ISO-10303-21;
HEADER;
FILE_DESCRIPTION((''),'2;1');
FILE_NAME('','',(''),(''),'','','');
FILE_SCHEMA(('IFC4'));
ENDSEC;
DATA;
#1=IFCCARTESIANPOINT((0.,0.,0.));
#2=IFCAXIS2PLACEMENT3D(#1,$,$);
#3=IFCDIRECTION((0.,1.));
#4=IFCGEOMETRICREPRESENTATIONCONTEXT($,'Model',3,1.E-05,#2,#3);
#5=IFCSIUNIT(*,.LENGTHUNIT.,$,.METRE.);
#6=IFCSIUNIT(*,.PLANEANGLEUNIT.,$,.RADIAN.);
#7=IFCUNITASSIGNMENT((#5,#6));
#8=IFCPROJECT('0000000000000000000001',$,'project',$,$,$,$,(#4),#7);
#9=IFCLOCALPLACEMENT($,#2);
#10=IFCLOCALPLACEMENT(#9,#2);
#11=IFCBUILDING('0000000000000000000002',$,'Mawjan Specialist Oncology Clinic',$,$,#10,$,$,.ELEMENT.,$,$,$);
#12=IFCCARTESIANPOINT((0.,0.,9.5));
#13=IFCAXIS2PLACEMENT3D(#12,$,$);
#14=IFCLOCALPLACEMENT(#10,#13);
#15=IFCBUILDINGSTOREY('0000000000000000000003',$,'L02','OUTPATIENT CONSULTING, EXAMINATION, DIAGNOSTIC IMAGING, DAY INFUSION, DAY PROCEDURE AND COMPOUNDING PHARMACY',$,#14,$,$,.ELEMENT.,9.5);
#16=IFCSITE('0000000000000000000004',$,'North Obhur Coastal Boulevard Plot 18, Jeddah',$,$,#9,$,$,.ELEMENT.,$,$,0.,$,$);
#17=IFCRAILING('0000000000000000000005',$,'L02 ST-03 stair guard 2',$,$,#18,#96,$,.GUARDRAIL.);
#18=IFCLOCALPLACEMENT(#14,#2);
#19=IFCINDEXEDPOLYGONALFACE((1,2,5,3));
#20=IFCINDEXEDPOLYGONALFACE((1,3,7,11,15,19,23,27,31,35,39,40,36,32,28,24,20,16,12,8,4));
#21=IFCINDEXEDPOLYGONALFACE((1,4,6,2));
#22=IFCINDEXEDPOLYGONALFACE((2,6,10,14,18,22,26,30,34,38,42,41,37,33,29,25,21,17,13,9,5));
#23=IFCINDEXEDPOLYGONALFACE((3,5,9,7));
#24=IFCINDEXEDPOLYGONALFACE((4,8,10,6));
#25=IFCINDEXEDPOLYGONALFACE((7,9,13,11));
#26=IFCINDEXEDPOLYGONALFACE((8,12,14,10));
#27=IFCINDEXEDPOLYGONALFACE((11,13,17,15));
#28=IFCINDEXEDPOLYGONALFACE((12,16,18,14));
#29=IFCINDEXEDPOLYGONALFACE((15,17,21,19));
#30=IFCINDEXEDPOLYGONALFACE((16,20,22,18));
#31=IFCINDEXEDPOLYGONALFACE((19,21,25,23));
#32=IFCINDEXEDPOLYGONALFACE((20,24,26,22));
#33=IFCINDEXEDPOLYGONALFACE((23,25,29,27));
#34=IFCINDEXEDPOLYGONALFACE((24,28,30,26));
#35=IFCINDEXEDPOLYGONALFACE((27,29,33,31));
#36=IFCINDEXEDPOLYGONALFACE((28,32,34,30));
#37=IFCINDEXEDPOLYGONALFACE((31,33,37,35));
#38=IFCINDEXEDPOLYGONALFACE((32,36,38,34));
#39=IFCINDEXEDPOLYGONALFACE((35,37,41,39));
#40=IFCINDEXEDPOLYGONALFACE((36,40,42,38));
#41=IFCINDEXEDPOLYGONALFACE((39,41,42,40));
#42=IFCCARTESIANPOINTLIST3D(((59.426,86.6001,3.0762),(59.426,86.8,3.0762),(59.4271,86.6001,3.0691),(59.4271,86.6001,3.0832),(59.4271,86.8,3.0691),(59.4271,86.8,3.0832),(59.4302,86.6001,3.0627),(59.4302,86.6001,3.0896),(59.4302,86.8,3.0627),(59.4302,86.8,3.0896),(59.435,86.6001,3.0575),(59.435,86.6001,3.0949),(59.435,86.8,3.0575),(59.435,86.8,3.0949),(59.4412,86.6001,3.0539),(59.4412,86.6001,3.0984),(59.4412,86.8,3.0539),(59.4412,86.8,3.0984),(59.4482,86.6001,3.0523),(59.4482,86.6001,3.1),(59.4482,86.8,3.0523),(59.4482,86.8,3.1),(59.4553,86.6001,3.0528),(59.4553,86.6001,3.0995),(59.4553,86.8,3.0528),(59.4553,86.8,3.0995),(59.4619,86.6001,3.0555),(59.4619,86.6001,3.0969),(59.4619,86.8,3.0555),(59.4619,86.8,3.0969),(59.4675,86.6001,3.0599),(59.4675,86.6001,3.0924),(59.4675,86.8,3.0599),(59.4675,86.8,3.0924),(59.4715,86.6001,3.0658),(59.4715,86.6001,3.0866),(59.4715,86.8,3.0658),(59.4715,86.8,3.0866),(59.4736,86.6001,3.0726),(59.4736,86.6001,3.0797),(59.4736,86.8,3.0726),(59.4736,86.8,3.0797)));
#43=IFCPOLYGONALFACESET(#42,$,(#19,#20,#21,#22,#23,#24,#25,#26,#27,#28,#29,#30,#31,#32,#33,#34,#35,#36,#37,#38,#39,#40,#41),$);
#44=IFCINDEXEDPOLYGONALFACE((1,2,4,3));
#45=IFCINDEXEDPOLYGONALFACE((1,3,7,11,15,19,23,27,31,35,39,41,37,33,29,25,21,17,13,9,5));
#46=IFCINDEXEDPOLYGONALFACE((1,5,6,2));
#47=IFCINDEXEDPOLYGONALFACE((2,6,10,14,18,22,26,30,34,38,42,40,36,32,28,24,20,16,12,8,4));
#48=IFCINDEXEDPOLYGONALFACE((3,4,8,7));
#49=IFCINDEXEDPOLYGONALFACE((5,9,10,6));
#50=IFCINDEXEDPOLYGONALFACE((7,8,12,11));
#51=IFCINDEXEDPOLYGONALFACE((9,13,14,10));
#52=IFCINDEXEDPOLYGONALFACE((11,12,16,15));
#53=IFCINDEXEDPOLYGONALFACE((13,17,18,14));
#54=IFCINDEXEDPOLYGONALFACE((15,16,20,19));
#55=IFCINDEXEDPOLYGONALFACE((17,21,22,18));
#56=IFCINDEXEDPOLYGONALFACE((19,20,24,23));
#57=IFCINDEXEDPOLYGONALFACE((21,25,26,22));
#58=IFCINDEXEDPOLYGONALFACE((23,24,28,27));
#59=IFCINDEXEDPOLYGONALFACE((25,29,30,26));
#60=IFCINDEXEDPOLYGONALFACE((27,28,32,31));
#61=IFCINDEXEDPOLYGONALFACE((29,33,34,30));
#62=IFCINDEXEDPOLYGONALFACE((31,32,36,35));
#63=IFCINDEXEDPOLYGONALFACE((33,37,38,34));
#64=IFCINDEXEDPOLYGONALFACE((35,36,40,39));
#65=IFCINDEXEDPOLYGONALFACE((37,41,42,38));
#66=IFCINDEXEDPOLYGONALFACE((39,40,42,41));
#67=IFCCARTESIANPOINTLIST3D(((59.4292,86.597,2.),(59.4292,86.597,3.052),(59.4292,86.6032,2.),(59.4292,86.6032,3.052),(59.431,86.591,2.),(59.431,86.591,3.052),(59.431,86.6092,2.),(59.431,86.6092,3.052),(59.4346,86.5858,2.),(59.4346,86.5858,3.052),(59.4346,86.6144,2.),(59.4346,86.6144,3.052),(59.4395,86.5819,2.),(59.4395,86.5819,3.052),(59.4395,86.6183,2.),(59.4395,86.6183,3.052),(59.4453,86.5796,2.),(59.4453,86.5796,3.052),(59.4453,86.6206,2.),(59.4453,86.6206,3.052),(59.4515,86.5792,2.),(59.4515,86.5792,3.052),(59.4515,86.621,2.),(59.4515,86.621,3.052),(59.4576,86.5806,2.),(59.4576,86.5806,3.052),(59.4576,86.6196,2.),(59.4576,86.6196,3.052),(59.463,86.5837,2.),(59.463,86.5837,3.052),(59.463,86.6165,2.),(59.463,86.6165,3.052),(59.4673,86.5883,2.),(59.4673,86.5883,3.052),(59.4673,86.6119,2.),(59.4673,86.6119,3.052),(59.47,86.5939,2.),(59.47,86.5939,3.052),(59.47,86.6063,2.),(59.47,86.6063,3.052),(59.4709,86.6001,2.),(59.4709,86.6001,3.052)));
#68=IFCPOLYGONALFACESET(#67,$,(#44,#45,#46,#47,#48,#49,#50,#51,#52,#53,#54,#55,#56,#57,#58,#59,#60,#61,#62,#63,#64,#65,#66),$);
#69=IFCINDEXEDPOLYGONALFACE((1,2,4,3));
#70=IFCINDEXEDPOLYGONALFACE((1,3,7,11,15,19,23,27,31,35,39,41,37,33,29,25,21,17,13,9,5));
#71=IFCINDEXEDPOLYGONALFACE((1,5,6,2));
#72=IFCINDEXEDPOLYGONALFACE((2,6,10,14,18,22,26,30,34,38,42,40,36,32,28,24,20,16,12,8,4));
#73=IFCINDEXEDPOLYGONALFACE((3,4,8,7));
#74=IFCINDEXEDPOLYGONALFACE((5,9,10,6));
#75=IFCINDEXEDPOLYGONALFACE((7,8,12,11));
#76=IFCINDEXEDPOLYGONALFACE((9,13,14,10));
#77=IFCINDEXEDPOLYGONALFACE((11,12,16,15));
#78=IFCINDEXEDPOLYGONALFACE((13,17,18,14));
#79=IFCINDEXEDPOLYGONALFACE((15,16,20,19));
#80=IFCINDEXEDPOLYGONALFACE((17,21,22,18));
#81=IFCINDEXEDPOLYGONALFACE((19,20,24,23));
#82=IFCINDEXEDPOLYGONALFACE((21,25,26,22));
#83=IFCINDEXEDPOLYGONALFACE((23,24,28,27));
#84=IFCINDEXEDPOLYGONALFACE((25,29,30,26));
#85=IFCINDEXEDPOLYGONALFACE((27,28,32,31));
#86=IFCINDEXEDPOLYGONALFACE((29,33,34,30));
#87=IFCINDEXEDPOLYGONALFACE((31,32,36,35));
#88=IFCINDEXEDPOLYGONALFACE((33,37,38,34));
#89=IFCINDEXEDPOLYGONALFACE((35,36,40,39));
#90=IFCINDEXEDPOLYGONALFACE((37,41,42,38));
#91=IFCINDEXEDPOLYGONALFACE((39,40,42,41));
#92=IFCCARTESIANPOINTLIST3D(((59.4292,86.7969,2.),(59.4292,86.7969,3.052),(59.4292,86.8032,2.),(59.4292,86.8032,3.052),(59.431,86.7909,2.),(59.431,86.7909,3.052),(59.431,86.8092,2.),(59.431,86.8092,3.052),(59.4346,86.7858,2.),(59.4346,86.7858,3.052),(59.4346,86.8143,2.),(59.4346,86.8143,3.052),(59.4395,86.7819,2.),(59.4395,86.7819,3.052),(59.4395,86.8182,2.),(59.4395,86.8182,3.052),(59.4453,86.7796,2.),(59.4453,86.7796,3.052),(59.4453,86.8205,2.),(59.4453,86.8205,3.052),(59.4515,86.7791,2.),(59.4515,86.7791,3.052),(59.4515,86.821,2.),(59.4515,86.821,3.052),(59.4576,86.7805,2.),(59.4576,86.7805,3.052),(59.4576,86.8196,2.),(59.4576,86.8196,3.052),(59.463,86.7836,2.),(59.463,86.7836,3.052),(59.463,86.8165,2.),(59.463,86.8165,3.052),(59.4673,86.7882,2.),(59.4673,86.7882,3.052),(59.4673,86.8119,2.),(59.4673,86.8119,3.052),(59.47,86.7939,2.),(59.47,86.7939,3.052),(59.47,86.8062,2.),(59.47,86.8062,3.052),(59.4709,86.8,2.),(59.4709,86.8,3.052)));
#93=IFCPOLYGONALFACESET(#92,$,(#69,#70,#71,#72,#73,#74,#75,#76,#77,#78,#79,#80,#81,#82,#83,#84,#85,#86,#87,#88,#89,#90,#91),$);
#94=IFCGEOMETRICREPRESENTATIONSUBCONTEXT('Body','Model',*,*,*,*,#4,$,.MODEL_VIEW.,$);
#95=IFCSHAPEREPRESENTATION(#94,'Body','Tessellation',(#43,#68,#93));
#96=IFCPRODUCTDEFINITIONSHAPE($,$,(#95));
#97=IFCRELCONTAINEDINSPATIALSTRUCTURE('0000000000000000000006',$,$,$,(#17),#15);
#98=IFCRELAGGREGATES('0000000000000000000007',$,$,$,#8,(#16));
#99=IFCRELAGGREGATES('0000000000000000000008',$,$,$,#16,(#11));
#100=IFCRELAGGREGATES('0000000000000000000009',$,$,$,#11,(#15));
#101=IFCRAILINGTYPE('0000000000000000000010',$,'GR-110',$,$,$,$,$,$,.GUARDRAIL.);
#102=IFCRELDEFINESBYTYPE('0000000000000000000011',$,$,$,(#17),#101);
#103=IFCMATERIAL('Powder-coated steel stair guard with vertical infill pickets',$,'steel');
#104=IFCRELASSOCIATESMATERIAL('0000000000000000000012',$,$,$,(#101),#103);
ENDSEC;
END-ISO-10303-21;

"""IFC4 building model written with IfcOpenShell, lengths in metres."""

from ifc_helpers import new_model, si_unit, direction, frame, origin, origin_2d, place, context, subcontext, project, spatial, circle, extrude, material, type_object, element, save


model = new_model("IFC4")

# Units and contexts
model_context = context("Model", 3, precision=1e-05, world=origin(), true_north=direction((0.0, 1.0)))
body_context = subcontext(model_context, "Body", "Model", "MODEL_VIEW")
ifc_project = project(units=[si_unit("LENGTHUNIT", "METRE"), si_unit("PLANEANGLEUNIT", "RADIAN")], contexts=[model_context])

# Site, building, storey
site_placement = place(None, origin())
site = spatial("IfcSite", under=ifc_project, at=site_placement, Name="North Obhur Coastal Boulevard Plot 18, Jeddah", CompositionType="ELEMENT", RefElevation=0.0)
building_placement = place(site_placement, origin())
building = spatial("IfcBuilding", under=site, at=building_placement, Name="Mawjan Specialist Oncology Clinic", CompositionType="ELEMENT")
storey_placement = place(building_placement, frame((0.0, 0.0, 9.5)))
storey = spatial("IfcBuildingStorey", under=building, at=storey_placement, Name="L02", Description="OUTPATIENT CONSULTING, EXAMINATION, DIAGNOSTIC IMAGING, DAY INFUSION, DAY PROCEDURE AND COMPOUNDING PHARMACY", CompositionType="ELEMENT", Elevation=9.5)

# Railing
ifc_material_1 = material(Name="Powder-coated steel stair guard with vertical infill pickets", Category="steel")
railing_type_1 = type_object("IfcRailingType", Name="GR-110", PredefinedType="GUARDRAIL", material=ifc_material_1)
railing_1_placement = place(storey_placement, frame((59.45, 86.6001, 2.0)))
element("IfcRailing", 1, at=railing_1_placement, inside=storey, type_object=railing_type_1, Name="L02 ST-03 stair guard 2", PredefinedType="GUARDRAIL", context=body_context, shape_type="SweptSolid", body=[
    extrude(circle(Radius=0.0239, at=origin_2d()), frame((0.0, 0.0, 1.0762), z_axis=(0.0, 1.0, 0.0), x_axis=(-1.0, 0.0, 0.0)), (0.0, 0.0, 1.0), 0.2),
    extrude(circle(Radius=0.021, at=origin_2d()), origin(), (0.0, 0.0, 1.0), 1.052),
    extrude(circle(Radius=0.021, at=origin_2d()), frame((0.0, 0.2, 0.0)), (0.0, 0.0, 1.0), 1.052),
])

save(model, "model.ifc")
